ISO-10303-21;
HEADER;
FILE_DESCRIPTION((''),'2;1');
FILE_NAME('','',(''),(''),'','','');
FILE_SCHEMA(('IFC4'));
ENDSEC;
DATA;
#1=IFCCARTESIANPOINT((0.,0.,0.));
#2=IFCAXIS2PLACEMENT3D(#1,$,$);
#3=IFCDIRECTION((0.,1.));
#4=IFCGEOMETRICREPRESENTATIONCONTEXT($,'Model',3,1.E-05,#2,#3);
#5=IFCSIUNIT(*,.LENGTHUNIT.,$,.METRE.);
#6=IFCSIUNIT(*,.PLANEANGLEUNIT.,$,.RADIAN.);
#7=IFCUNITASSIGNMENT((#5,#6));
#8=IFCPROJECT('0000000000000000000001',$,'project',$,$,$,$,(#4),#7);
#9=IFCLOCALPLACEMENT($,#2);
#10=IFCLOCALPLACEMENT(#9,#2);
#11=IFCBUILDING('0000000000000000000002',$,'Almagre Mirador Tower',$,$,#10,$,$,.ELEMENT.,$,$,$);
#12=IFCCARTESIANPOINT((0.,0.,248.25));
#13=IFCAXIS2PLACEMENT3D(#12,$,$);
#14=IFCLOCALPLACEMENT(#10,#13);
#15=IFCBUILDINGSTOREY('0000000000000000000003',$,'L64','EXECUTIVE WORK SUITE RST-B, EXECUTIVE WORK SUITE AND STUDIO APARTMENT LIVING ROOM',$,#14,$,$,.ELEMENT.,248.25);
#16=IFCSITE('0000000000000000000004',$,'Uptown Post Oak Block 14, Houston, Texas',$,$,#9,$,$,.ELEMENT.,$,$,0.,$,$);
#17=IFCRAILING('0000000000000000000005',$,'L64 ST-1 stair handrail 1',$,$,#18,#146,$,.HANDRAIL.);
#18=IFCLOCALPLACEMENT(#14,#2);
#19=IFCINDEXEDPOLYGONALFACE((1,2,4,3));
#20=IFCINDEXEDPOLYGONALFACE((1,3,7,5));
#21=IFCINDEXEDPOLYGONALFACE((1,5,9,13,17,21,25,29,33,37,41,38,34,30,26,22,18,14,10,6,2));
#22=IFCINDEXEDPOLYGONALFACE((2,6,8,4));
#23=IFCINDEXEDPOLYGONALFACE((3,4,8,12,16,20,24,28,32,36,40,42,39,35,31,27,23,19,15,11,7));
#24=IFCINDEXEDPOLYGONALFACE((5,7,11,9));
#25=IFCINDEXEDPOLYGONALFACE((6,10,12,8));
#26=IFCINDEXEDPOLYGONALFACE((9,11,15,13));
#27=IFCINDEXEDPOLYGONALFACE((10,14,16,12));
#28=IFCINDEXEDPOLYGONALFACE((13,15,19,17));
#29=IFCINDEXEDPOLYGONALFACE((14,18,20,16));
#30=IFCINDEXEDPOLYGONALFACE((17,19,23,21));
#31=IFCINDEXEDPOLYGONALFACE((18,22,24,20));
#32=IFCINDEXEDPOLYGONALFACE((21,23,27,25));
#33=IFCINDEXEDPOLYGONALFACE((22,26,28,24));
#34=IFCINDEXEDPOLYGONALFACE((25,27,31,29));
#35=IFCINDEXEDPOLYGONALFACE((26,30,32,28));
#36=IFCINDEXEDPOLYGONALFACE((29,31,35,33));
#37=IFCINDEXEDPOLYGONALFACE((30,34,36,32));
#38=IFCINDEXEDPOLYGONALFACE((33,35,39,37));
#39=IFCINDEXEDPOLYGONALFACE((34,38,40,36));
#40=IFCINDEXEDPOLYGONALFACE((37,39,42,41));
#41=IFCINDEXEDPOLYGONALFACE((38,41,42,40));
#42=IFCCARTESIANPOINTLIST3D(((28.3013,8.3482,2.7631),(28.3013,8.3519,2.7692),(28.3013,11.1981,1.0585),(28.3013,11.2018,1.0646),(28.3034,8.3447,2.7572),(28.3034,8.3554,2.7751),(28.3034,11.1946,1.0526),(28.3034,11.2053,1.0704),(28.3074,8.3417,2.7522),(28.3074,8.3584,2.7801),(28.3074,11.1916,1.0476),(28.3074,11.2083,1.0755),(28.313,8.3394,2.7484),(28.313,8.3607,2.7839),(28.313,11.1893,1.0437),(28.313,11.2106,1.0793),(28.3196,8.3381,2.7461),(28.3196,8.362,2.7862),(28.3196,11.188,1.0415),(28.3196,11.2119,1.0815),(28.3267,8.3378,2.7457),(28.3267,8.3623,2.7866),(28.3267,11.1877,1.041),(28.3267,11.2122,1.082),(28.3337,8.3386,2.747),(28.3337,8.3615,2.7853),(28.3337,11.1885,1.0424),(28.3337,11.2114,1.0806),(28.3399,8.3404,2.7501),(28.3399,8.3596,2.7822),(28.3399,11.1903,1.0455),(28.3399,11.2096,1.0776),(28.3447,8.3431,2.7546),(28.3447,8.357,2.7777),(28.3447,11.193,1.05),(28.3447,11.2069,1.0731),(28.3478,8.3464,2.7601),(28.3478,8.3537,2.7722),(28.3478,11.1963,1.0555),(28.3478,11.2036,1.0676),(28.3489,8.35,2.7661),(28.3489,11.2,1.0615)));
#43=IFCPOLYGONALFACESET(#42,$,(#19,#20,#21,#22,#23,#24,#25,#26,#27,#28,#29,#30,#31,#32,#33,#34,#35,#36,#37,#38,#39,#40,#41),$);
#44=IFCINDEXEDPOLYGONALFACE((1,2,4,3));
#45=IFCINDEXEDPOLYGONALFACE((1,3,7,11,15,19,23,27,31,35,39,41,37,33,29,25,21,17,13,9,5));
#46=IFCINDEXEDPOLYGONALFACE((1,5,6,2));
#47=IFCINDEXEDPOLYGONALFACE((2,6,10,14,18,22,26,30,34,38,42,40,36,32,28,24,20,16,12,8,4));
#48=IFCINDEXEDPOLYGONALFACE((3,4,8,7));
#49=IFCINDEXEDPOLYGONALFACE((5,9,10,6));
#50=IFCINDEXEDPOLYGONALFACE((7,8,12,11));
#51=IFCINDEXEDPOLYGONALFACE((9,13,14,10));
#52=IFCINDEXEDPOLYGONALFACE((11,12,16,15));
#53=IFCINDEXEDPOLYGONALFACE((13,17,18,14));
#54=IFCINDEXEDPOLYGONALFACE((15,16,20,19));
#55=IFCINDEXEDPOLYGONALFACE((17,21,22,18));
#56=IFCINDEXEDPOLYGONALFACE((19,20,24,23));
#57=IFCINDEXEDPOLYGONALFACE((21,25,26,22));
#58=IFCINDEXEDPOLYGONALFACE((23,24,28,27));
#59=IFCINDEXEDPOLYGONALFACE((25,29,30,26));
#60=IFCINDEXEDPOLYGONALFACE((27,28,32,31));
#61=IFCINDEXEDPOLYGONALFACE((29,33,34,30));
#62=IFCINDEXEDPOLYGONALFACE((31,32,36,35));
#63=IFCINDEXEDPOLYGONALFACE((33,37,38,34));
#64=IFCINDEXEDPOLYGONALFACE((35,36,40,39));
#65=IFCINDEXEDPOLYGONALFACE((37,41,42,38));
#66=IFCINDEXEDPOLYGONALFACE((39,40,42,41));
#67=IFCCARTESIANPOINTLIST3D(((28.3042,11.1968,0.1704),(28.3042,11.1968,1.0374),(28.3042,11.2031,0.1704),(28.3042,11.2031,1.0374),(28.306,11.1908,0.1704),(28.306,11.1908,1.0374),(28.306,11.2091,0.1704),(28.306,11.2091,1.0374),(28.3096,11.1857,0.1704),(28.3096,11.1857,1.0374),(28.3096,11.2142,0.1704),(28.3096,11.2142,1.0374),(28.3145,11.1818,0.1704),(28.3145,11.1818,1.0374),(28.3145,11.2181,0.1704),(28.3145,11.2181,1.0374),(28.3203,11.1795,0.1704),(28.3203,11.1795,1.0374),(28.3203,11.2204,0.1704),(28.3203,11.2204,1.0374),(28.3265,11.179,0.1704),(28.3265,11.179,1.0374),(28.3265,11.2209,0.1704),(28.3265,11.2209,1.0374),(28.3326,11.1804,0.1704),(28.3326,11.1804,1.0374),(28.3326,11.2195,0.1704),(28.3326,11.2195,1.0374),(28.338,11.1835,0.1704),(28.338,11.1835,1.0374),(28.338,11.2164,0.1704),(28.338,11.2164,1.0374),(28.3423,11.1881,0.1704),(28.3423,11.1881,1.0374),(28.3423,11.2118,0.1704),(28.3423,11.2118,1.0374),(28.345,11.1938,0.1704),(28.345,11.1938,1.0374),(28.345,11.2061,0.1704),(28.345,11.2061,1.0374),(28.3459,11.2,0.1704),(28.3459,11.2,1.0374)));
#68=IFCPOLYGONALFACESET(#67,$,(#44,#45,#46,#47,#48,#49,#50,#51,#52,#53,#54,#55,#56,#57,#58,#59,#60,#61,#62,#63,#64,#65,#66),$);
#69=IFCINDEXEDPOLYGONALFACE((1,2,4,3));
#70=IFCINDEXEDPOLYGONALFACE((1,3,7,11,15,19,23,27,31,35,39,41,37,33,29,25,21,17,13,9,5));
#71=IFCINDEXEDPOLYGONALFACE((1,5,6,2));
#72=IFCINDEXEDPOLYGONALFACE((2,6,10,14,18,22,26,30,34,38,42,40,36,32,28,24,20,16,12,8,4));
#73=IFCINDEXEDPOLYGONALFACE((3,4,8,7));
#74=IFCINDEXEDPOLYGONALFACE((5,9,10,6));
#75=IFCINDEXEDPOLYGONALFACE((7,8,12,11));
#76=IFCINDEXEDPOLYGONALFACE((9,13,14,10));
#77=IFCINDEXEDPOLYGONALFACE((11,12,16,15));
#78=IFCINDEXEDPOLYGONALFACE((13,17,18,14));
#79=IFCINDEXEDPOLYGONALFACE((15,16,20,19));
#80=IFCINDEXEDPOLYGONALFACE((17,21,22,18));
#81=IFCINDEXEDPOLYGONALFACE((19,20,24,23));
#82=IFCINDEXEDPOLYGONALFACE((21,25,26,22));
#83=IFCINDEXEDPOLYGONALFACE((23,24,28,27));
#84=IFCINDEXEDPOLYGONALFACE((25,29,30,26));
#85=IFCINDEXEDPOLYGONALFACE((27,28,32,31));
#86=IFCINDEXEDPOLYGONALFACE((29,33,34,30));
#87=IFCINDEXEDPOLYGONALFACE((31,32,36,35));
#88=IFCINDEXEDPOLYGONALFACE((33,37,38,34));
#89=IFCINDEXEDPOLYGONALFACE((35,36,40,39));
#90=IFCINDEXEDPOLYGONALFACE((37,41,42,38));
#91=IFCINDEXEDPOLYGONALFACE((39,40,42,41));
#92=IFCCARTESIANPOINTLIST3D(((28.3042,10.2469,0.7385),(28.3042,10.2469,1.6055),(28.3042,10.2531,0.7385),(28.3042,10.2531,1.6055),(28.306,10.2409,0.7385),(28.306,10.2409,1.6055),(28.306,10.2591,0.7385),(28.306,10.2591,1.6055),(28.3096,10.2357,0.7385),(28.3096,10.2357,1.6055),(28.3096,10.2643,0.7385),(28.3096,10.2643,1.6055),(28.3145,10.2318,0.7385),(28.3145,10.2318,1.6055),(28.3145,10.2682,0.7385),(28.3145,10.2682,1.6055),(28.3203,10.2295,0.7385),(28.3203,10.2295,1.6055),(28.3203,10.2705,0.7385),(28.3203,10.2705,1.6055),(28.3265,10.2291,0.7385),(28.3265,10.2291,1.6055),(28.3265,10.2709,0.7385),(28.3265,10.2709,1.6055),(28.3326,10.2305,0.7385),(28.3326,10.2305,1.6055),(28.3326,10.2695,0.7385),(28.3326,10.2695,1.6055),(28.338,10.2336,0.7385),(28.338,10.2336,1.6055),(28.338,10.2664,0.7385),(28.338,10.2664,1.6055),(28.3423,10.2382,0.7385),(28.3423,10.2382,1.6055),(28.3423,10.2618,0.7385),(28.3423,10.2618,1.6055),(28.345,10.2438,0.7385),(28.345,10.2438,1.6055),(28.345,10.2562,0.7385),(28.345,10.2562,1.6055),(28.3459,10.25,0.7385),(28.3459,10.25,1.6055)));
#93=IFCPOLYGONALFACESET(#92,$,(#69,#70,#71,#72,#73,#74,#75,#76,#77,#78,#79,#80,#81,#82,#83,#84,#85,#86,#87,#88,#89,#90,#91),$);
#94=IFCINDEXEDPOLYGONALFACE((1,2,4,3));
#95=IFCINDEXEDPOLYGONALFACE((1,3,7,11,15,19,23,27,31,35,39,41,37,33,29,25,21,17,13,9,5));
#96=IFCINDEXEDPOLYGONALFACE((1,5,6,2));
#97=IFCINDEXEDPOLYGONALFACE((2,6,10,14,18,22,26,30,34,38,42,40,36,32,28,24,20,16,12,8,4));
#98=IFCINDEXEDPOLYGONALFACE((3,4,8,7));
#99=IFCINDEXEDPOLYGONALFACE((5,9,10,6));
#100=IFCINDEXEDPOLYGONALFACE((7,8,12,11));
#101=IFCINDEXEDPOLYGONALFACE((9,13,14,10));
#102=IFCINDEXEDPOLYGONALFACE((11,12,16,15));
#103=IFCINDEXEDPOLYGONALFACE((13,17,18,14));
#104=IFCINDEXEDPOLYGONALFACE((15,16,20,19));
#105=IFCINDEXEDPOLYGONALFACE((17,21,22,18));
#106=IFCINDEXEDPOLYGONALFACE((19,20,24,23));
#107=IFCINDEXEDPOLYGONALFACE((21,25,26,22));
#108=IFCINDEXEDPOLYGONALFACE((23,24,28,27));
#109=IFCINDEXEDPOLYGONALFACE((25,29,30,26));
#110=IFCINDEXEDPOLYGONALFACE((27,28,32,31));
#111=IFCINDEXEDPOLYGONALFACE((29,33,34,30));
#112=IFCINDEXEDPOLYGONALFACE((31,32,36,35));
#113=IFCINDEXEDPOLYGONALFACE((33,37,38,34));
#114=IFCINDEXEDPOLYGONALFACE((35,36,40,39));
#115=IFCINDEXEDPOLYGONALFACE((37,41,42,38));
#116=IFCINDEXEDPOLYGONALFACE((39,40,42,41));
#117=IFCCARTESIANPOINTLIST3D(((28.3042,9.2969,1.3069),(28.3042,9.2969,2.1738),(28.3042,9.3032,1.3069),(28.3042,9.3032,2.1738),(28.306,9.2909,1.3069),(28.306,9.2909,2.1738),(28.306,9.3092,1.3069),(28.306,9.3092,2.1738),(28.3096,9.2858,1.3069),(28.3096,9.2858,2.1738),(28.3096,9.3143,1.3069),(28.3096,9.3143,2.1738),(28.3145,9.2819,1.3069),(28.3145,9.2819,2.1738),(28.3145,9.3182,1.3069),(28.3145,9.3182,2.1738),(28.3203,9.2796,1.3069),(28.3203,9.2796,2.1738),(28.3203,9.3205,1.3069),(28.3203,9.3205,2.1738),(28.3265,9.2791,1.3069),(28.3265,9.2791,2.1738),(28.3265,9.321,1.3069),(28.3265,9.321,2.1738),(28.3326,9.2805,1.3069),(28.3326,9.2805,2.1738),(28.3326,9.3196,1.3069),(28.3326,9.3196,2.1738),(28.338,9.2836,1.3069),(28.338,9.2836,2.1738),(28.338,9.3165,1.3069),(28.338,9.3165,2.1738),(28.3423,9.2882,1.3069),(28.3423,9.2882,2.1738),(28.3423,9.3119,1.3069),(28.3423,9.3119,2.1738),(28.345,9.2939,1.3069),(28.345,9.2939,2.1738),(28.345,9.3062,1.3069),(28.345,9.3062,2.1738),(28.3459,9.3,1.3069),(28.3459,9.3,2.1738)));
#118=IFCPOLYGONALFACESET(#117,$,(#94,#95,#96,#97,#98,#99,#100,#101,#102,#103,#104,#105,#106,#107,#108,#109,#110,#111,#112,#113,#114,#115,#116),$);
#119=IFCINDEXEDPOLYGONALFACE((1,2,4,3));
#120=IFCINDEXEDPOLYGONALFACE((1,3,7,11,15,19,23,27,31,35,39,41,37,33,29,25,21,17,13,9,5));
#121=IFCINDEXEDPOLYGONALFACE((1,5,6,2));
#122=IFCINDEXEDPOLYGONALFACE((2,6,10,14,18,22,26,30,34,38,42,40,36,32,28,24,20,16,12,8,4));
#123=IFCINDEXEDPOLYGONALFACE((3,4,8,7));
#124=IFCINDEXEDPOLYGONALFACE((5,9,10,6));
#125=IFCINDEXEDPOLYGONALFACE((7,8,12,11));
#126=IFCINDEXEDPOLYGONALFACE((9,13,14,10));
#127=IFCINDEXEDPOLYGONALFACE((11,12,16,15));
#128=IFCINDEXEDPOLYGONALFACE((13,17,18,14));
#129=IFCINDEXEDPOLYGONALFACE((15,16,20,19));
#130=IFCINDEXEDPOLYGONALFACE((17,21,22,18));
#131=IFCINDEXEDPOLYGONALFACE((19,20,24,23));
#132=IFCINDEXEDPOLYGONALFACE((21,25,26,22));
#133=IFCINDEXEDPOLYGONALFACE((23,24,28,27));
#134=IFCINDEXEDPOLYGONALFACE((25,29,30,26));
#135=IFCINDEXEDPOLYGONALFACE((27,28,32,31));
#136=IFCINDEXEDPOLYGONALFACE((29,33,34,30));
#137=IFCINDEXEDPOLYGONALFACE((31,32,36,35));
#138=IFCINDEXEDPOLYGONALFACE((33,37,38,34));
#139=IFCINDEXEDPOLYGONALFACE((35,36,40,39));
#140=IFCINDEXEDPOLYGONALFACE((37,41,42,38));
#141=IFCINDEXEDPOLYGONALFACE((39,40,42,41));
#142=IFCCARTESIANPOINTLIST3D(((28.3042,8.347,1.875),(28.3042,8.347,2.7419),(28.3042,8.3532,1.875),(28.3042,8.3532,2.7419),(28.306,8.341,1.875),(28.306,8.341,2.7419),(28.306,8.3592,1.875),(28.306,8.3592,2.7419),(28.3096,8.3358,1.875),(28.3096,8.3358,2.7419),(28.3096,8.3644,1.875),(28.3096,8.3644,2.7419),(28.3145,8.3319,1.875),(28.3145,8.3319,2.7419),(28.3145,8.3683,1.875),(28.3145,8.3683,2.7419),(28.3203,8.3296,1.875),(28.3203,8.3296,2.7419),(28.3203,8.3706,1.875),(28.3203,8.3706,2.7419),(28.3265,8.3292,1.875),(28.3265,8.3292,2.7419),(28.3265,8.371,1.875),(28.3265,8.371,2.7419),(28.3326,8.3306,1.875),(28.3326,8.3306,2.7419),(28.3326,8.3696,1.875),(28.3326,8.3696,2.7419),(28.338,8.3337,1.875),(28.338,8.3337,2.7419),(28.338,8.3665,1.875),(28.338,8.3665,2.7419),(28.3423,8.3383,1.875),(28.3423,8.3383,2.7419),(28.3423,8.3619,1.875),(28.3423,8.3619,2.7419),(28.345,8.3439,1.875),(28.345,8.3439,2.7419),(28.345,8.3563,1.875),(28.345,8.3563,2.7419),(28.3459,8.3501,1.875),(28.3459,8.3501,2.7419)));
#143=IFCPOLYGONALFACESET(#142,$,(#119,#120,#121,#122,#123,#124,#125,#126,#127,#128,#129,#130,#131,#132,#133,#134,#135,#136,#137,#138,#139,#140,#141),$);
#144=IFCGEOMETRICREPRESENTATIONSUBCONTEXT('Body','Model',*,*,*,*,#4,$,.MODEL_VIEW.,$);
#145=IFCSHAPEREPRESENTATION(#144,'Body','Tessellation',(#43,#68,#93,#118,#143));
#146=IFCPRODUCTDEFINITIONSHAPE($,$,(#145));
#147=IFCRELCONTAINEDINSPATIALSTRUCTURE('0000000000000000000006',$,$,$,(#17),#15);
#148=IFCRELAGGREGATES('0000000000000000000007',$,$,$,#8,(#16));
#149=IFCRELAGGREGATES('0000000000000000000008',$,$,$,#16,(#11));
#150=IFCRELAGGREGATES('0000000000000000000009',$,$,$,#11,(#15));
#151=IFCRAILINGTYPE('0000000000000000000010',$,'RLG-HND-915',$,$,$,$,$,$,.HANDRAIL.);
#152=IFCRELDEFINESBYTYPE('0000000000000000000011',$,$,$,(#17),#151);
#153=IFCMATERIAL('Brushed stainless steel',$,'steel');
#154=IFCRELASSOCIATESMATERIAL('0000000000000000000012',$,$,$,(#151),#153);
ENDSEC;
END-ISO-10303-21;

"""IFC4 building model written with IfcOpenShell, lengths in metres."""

from ifc_helpers import new_model, si_unit, direction, frame, origin, origin_2d, place, context, subcontext, project, spatial, circle, extrude, material, type_object, element, save


model = new_model("IFC4")

# Units and contexts
model_context = context("Model", 3, precision=1e-05, world=origin(), true_north=direction((0.0, 1.0)))
body_context = subcontext(model_context, "Body", "Model", "MODEL_VIEW")
ifc_project = project(units=[si_unit("LENGTHUNIT", "METRE"), si_unit("PLANEANGLEUNIT", "RADIAN")], contexts=[model_context])

# Site, building, storey
site_placement = place(None, origin())
site = spatial("IfcSite", under=ifc_project, at=site_placement, Name="Uptown Post Oak Block 14, Houston, Texas", CompositionType="ELEMENT", RefElevation=0.0)
building_placement = place(site_placement, origin())
building = spatial("IfcBuilding", under=site, at=building_placement, Name="Almagre Mirador Tower", CompositionType="ELEMENT")
storey_placement = place(building_placement, frame((0.0, 0.0, 248.25)))
storey = spatial("IfcBuildingStorey", under=building, at=storey_placement, Name="L64", Description="EXECUTIVE WORK SUITE RST-B, EXECUTIVE WORK SUITE AND STUDIO APARTMENT LIVING ROOM", CompositionType="ELEMENT", Elevation=248.25)

# Railing
ifc_material_1 = material(Name="Brushed stainless steel", Category="steel")
railing_type_1 = type_object("IfcRailingType", Name="RLG-HND-915", PredefinedType="HANDRAIL", material=ifc_material_1)
railing_1_placement = place(storey_placement, frame((28.325, 11.2, 0.1704)))
element("IfcRailing", 1, at=railing_1_placement, inside=storey, type_object=railing_type_1, Name="L64 ST-1 stair handrail 1", PredefinedType="HANDRAIL", context=body_context, shape_type="SweptSolid", body=[
    extrude(circle(Radius=0.0239, at=origin_2d()), frame((0.0, 0.0, 0.8911), z_axis=(0.0, -0.858199, 0.513317), x_axis=(1.0, 0.0, 0.0)), (0.0, 0.0, 1.0), 3.3208),
    extrude(circle(Radius=0.021, at=origin_2d()), origin(), (0.0, 0.0, 1.0), 0.8669),
    extrude(circle(Radius=0.021, at=origin_2d()), frame((0.0, -0.95, 0.5681)), (0.0, 0.0, 1.0), 0.8669),
    extrude(circle(Radius=0.021, at=origin_2d()), frame((0.0, -1.8999, 1.1365)), (0.0, 0.0, 1.0), 0.8669),
    extrude(circle(Radius=0.021, at=origin_2d()), frame((0.0, -2.8499, 1.7046)), (0.0, 0.0, 1.0), 0.8669),
])

save(model, "model.ifc")
